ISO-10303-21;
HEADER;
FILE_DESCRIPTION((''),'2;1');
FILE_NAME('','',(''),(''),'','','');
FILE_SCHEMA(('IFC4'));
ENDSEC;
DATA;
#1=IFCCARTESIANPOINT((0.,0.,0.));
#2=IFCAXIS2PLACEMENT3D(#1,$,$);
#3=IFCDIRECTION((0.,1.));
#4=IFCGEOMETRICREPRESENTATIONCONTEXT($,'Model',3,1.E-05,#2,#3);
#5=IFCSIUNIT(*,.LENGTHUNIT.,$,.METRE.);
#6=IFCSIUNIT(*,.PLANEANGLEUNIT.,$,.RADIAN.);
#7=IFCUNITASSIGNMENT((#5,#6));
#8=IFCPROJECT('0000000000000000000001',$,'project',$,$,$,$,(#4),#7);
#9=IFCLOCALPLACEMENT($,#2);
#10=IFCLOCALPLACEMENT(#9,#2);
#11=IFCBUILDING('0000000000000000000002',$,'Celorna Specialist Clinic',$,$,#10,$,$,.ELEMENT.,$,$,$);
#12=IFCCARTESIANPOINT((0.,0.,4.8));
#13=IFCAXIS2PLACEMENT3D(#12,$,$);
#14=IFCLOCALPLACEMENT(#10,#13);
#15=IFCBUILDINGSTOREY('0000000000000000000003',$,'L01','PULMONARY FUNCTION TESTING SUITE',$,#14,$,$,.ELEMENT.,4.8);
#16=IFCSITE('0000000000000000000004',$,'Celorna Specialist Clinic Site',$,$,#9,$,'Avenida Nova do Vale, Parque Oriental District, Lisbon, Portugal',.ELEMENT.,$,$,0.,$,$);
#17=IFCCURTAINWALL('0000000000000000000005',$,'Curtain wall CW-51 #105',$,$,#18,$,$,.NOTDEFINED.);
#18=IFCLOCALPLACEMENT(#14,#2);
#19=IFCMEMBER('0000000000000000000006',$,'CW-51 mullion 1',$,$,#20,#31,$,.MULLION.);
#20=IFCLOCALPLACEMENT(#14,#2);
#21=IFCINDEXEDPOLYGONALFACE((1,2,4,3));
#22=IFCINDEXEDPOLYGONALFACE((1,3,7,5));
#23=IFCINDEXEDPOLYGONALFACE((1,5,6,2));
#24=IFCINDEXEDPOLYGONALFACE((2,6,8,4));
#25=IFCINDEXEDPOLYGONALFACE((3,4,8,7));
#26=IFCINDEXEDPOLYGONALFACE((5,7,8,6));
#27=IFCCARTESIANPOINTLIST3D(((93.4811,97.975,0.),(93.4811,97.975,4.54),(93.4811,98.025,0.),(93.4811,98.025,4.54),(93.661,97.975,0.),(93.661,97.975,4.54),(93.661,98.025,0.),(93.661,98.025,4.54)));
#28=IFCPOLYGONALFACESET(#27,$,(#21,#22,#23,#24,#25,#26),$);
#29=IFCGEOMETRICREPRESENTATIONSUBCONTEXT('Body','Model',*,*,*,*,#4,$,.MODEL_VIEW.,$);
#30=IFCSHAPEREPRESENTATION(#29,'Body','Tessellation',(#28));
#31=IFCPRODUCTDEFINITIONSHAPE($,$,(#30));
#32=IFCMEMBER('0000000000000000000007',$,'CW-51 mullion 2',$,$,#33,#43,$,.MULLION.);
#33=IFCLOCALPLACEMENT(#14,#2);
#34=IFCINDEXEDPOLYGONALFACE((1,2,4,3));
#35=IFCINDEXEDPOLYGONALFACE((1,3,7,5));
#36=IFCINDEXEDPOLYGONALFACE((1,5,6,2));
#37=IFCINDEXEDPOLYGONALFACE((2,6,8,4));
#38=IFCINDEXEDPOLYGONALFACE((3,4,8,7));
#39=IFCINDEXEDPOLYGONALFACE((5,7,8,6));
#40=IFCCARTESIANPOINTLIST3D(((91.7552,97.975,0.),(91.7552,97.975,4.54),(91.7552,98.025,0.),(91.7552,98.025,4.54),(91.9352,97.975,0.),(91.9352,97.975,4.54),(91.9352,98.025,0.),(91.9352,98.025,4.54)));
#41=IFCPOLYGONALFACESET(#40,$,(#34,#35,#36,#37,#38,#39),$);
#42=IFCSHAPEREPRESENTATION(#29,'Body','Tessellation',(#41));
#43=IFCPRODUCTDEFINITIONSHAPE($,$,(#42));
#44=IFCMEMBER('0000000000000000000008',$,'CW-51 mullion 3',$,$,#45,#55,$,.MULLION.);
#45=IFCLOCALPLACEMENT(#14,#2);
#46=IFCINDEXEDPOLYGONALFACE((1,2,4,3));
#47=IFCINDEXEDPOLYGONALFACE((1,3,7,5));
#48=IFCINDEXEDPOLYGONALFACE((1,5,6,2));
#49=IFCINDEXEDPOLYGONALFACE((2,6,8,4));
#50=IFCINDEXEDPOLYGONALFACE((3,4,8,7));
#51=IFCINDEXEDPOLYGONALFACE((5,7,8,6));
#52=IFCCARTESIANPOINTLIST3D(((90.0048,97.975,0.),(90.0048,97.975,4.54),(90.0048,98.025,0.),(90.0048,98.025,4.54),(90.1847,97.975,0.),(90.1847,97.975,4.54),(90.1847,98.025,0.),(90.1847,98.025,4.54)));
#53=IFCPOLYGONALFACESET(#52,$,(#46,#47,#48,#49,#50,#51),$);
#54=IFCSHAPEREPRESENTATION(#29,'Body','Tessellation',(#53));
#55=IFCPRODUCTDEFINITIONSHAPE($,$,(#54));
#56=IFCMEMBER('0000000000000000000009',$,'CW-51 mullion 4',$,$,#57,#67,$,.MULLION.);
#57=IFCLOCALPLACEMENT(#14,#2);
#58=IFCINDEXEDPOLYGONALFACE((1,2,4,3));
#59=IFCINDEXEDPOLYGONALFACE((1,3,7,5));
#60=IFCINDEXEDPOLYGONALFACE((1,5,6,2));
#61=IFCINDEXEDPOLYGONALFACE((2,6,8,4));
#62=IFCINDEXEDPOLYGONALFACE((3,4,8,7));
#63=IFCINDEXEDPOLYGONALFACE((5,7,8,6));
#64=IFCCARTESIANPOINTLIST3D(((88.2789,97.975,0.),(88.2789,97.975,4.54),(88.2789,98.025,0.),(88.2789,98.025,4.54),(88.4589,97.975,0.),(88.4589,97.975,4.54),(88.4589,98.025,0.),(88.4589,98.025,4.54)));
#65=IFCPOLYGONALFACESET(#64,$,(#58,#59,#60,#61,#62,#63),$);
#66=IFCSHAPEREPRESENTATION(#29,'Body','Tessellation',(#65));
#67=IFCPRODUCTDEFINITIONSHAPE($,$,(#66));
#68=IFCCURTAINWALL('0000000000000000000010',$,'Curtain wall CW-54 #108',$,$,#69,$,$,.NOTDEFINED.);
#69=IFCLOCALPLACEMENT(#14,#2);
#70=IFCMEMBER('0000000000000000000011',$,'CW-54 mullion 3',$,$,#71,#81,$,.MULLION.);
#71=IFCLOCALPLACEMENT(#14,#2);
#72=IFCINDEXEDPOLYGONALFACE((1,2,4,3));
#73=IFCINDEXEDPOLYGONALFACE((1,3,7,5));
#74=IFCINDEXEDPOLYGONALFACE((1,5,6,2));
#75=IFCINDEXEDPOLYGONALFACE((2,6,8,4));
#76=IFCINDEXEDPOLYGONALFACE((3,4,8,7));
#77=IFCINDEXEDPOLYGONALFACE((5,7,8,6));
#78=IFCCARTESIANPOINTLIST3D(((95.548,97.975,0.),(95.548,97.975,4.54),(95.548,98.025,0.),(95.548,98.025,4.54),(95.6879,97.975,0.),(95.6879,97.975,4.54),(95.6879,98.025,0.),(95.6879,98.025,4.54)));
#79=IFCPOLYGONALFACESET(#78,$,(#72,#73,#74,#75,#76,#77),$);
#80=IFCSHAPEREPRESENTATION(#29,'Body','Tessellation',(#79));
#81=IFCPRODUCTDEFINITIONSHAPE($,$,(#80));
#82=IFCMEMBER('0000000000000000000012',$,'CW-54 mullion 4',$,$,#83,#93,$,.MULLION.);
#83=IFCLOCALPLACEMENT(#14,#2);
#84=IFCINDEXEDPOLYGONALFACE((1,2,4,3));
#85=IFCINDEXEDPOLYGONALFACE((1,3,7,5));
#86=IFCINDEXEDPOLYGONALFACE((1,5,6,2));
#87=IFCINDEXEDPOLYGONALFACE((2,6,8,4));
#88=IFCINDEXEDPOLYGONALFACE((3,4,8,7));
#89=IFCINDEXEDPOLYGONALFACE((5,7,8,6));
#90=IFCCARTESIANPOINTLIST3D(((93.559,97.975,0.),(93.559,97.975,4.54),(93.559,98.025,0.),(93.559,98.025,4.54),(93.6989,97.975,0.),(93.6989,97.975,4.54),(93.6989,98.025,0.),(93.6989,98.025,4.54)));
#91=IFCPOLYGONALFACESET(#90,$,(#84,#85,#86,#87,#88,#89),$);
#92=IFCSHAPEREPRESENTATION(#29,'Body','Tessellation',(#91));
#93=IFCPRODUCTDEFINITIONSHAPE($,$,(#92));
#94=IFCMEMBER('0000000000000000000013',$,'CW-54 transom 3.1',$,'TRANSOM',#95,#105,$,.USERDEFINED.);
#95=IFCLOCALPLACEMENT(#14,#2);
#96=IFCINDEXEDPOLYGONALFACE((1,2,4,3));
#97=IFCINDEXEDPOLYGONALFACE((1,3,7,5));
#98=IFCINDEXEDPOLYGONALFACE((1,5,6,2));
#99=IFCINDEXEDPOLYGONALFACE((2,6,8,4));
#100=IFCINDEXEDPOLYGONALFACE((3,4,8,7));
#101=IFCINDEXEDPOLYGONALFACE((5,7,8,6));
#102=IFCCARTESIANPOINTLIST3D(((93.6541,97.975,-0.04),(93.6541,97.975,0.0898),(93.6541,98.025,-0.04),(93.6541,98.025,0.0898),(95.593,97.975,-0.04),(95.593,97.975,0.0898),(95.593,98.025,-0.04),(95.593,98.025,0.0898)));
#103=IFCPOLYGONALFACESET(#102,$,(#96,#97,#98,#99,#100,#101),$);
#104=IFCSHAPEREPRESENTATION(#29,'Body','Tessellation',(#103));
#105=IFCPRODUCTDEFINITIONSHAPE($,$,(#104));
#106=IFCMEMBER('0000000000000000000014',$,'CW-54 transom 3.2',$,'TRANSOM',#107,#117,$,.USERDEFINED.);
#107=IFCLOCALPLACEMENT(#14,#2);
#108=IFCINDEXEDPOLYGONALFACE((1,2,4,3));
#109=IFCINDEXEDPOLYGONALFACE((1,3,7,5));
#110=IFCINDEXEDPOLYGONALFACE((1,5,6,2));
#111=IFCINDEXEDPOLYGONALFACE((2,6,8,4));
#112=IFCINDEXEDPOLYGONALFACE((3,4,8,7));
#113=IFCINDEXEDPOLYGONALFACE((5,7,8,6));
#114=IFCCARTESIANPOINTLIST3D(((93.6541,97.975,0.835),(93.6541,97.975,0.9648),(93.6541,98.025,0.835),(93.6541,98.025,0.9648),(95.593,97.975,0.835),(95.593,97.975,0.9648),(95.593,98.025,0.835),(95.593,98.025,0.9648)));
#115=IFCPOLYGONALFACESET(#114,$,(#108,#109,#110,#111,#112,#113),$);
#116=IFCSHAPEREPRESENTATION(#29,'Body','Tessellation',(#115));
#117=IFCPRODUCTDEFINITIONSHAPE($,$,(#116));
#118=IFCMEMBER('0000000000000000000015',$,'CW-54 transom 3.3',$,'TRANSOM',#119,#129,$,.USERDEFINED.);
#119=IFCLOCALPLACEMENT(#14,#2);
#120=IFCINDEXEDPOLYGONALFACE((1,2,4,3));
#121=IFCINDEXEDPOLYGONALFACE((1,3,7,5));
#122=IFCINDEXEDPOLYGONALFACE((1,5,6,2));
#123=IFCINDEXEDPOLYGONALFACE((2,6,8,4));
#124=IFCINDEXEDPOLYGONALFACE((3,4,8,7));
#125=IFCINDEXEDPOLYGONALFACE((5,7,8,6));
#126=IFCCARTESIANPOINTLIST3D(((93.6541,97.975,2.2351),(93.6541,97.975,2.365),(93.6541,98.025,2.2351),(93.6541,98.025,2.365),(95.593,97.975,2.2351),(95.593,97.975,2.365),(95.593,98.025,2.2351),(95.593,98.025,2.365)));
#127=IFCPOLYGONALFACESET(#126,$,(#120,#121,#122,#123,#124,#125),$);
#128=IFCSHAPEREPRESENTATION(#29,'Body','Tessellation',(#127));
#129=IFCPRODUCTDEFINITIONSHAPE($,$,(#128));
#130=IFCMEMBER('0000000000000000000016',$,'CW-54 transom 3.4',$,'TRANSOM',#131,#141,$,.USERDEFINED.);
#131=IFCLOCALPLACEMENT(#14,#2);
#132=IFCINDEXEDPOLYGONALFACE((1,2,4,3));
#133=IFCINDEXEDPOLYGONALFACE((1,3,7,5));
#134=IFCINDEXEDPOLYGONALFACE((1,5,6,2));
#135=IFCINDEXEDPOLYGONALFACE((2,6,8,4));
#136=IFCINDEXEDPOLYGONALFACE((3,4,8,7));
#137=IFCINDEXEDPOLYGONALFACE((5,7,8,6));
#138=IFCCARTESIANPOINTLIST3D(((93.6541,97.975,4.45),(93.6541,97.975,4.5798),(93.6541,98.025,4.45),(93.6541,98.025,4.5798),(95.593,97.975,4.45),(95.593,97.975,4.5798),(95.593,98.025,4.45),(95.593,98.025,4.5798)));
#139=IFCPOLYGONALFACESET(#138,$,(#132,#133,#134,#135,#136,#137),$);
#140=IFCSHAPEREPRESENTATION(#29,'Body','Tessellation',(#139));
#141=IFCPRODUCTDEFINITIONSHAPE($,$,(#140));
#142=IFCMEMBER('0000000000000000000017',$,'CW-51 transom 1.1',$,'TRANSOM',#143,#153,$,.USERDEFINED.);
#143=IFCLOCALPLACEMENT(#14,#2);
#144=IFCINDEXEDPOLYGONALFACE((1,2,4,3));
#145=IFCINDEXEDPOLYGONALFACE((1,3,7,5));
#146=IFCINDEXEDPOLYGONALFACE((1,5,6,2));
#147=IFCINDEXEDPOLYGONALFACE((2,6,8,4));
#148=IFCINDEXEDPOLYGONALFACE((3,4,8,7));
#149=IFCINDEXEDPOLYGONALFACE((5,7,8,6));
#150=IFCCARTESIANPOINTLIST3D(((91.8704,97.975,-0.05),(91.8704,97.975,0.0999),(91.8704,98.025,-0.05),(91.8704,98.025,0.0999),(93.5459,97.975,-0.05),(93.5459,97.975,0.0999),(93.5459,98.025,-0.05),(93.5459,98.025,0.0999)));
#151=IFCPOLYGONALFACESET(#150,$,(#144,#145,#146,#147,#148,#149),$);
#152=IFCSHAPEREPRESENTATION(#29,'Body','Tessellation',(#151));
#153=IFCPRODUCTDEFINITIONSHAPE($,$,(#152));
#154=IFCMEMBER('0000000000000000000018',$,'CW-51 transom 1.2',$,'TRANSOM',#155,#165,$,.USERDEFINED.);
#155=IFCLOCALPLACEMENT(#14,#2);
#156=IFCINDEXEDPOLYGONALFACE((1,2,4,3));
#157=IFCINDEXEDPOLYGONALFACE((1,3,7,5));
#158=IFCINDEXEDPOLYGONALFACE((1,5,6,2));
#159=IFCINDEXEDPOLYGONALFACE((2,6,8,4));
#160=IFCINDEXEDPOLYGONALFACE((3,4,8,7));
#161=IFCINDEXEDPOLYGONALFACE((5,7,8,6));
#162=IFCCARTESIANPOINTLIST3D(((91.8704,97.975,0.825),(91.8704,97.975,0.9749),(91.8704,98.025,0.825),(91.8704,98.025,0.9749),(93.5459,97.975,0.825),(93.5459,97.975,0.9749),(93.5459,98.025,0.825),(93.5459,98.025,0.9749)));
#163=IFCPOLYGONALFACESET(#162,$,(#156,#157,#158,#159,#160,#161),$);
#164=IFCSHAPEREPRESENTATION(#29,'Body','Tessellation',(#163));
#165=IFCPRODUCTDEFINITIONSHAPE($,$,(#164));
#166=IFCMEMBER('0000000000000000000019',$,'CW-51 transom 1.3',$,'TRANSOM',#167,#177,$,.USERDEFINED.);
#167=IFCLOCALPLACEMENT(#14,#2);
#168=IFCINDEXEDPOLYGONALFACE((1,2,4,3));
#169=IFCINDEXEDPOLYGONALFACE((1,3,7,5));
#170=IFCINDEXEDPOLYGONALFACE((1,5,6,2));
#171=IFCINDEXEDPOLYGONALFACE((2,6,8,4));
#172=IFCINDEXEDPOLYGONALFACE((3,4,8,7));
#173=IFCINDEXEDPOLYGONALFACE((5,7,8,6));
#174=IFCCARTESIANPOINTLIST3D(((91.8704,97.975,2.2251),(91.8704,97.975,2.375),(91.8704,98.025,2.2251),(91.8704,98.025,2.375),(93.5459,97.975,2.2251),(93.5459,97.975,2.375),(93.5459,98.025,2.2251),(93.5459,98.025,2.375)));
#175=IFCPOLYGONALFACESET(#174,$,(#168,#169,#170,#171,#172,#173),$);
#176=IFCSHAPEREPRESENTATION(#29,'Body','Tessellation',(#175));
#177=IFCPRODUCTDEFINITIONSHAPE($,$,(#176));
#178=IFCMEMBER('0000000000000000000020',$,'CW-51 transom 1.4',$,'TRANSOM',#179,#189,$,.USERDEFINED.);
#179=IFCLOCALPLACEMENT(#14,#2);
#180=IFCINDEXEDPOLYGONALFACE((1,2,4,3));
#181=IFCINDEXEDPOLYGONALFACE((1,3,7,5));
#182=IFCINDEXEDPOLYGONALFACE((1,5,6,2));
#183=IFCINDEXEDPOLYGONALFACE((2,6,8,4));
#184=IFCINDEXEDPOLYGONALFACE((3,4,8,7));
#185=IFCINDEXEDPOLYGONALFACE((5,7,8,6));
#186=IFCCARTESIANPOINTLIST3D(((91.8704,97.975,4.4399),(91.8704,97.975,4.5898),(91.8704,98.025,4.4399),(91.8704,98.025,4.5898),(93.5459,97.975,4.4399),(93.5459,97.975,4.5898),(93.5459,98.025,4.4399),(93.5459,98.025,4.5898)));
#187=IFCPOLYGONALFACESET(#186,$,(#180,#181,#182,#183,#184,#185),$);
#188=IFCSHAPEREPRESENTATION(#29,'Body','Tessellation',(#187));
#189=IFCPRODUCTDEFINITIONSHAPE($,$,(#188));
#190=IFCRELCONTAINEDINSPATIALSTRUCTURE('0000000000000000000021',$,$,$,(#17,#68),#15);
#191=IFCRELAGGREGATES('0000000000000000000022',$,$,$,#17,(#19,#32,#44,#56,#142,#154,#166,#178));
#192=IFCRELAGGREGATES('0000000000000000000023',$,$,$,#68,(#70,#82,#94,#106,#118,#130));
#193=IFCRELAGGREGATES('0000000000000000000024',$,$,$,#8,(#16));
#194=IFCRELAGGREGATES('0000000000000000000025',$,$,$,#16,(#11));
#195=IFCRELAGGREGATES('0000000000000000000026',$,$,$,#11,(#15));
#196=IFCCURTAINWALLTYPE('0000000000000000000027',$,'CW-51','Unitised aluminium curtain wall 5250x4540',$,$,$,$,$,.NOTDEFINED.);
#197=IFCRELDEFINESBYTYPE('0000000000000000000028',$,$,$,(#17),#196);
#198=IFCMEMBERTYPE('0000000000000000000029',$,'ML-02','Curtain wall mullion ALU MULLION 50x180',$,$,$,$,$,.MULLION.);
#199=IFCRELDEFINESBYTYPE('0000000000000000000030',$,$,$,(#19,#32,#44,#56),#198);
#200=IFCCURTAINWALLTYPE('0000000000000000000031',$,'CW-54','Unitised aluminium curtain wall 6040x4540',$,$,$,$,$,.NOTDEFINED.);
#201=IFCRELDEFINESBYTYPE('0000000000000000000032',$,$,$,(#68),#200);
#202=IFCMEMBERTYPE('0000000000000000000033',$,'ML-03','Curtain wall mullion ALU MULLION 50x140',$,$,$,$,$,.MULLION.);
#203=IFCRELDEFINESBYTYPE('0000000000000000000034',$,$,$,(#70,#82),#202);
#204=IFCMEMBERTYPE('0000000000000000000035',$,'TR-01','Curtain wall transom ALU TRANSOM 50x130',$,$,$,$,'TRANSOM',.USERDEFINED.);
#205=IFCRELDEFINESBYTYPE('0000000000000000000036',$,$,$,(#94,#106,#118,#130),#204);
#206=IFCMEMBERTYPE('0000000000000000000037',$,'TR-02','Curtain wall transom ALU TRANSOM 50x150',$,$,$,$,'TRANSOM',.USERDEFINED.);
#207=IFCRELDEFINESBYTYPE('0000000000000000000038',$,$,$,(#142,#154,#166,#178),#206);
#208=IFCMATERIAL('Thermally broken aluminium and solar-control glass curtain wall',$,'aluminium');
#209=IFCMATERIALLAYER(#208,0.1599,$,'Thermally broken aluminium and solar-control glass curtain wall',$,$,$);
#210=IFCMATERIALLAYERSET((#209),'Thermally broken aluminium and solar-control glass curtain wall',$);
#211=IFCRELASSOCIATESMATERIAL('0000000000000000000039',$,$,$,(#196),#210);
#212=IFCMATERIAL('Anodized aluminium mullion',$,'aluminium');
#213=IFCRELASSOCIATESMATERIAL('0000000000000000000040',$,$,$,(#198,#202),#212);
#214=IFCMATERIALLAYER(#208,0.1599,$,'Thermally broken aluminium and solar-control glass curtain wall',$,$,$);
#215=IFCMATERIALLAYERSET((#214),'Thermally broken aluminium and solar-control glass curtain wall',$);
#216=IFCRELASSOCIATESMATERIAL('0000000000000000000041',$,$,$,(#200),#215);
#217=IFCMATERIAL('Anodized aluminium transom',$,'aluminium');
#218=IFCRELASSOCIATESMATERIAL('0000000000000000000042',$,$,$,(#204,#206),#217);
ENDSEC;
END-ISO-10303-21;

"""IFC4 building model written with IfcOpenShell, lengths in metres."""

from ifc_helpers import new_model, si_unit, direction, frame, origin, origin_2d, place, context, subcontext, project, spatial, rectangle, extrude, material, layer, layer_set, material_profile, profile_set, type_object, element, aggregate, save


model = new_model("IFC4")

# Units and contexts
model_context = context("Model", 3, precision=1e-05, world=origin(), true_north=direction((0.0, 1.0)))
body_context = subcontext(model_context, "Body", "Model", "MODEL_VIEW")
ifc_project = project(units=[si_unit("LENGTHUNIT", "METRE"), si_unit("PLANEANGLEUNIT", "RADIAN")], contexts=[model_context])

# Site, building, storey
site_placement = place(None, origin())
site = spatial("IfcSite", under=ifc_project, at=site_placement, Name="Celorna Specialist Clinic Site", LongName="Avenida Nova do Vale, Parque Oriental District, Lisbon, Portugal", CompositionType="ELEMENT", RefElevation=0.0)
building_placement = place(site_placement, origin())
building = spatial("IfcBuilding", under=site, at=building_placement, Name="Celorna Specialist Clinic", CompositionType="ELEMENT")
storey_placement = place(building_placement, frame((0.0, 0.0, 4.8)))
storey = spatial("IfcBuildingStorey", under=building, at=storey_placement, Name="L01", Description="PULMONARY FUNCTION TESTING SUITE", CompositionType="ELEMENT", Elevation=4.8)

# Curtain walls, members
ifc_material_1 = material(Name="Thermally broken aluminium and solar-control glass curtain wall", Category="aluminium")
ifc_layer_1 = layer(ifc_material_1, 0.1599, Name="Thermally broken aluminium and solar-control glass curtain wall")
ifc_layer_set_1 = layer_set([ifc_layer_1], Name="Thermally broken aluminium and solar-control glass curtain wall")
curtain_wall_type_1 = type_object("IfcCurtainWallType", Name="CW-51", Description="Unitised aluminium curtain wall 5250x4540", PredefinedType="NOTDEFINED", material=ifc_layer_set_1)
curtain_wall_1_placement = place(storey_placement, origin())
curtain_wall_1 = element("IfcCurtainWall", 1, at=curtain_wall_1_placement, inside=storey, type_object=curtain_wall_type_1, Name="Curtain wall CW-51 #105", PredefinedType="NOTDEFINED")
ifc_material_2 = material(Name="Anodized aluminium mullion", Category="aluminium")
ifc_material_profile_1 = material_profile(ifc_material_2, rectangle(XDim=0.05, YDim=0.1799, at=origin_2d()), Name="ALU MULLION 50x180")
ifc_profile_set_1 = profile_set([ifc_material_profile_1], Name="Anodized aluminium mullion")
member_type_1 = type_object("IfcMemberType", Name="ML-02", Description="Curtain wall mullion ALU MULLION 50x180", PredefinedType="MULLION", material=ifc_profile_set_1)
member_1_placement = place(storey_placement, frame((93.571, 98.0, 0.0), z_axis=(0.0, 0.0, 1.0), x_axis=(0.0, -1.0, 0.0)))
member_1 = element("IfcMember", 2, at=member_1_placement, type_object=member_type_1, Name="CW-51 mullion 1", PredefinedType="MULLION", context=body_context, shape_type="SweptSolid", body=[
    extrude(rectangle(XDim=0.05, YDim=0.1799, at=origin_2d()), origin(), (0.0, 0.0, 1.0), 4.54),
])
member_2_placement = place(storey_placement, frame((91.8452, 98.0, 0.0), z_axis=(0.0, 0.0, 1.0), x_axis=(0.0, -1.0, 0.0)))
member_2 = element("IfcMember", 3, at=member_2_placement, type_object=member_type_1, Name="CW-51 mullion 2", PredefinedType="MULLION", context=body_context, shape_type="SweptSolid", body=[
    extrude(rectangle(XDim=0.05, YDim=0.1799, at=origin_2d()), origin(), (0.0, 0.0, 1.0), 4.54),
])
member_3_placement = place(storey_placement, frame((90.0947, 98.0, 0.0), z_axis=(0.0, 0.0, 1.0), x_axis=(0.0, -1.0, 0.0)))
member_3 = element("IfcMember", 4, at=member_3_placement, type_object=member_type_1, Name="CW-51 mullion 3", PredefinedType="MULLION", context=body_context, shape_type="SweptSolid", body=[
    extrude(rectangle(XDim=0.05, YDim=0.1799, at=origin_2d()), origin(), (0.0, 0.0, 1.0), 4.54),
])
member_4_placement = place(storey_placement, frame((88.3689, 98.0, 0.0), z_axis=(0.0, 0.0, 1.0), x_axis=(0.0, -1.0, 0.0)))
member_4 = element("IfcMember", 5, at=member_4_placement, type_object=member_type_1, Name="CW-51 mullion 4", PredefinedType="MULLION", context=body_context, shape_type="SweptSolid", body=[
    extrude(rectangle(XDim=0.05, YDim=0.1799, at=origin_2d()), origin(), (0.0, 0.0, 1.0), 4.54),
])
ifc_layer_2 = layer(ifc_material_1, 0.1599, Name="Thermally broken aluminium and solar-control glass curtain wall")
ifc_layer_set_2 = layer_set([ifc_layer_2], Name="Thermally broken aluminium and solar-control glass curtain wall")
curtain_wall_type_2 = type_object("IfcCurtainWallType", Name="CW-54", Description="Unitised aluminium curtain wall 6040x4540", PredefinedType="NOTDEFINED", material=ifc_layer_set_2)
curtain_wall_2_placement = place(storey_placement, origin())
curtain_wall_2 = element("IfcCurtainWall", 6, at=curtain_wall_2_placement, inside=storey, type_object=curtain_wall_type_2, Name="Curtain wall CW-54 #108", PredefinedType="NOTDEFINED")
ifc_material_profile_2 = material_profile(ifc_material_2, rectangle(XDim=0.05, YDim=0.1399, at=origin_2d()), Name="ALU MULLION 50x140")
ifc_profile_set_2 = profile_set([ifc_material_profile_2], Name="Anodized aluminium mullion")
member_type_2 = type_object("IfcMemberType", Name="ML-03", Description="Curtain wall mullion ALU MULLION 50x140", PredefinedType="MULLION", material=ifc_profile_set_2)
member_5_placement = place(storey_placement, frame((95.6179, 98.0, 0.0), z_axis=(0.0, 0.0, 1.0), x_axis=(0.0, -1.0, 0.0)))
member_5 = element("IfcMember", 7, at=member_5_placement, type_object=member_type_2, Name="CW-54 mullion 3", PredefinedType="MULLION", context=body_context, shape_type="SweptSolid", body=[
    extrude(rectangle(XDim=0.05, YDim=0.1399, at=origin_2d()), origin(), (0.0, 0.0, 1.0), 4.54),
])
member_6_placement = place(storey_placement, frame((93.6289, 98.0, 0.0), z_axis=(0.0, 0.0, 1.0), x_axis=(0.0, -1.0, 0.0)))
member_6 = element("IfcMember", 8, at=member_6_placement, type_object=member_type_2, Name="CW-54 mullion 4", PredefinedType="MULLION", context=body_context, shape_type="SweptSolid", body=[
    extrude(rectangle(XDim=0.05, YDim=0.1399, at=origin_2d()), origin(), (0.0, 0.0, 1.0), 4.54),
])
ifc_material_3 = material(Name="Anodized aluminium transom", Category="aluminium")
ifc_material_profile_3 = material_profile(ifc_material_3, rectangle(XDim=0.05, YDim=0.1299, at=origin_2d()), Name="ALU TRANSOM 50x130")
ifc_profile_set_3 = profile_set([ifc_material_profile_3], Name="Anodized aluminium transom")
member_type_3 = type_object("IfcMemberType", Name="TR-01", Description="Curtain wall transom ALU TRANSOM 50x130", ElementType="TRANSOM", PredefinedType="USERDEFINED", material=ifc_profile_set_3)
member_7_placement = place(storey_placement, frame((95.593, 98.0, 0.0249), z_axis=(-1.0, 0.0, 0.0), x_axis=(0.0, -1.0, 0.0)))
member_7 = element("IfcMember", 9, at=member_7_placement, type_object=member_type_3, Name="CW-54 transom 3.1", ObjectType="TRANSOM", PredefinedType="USERDEFINED", context=body_context, shape_type="SweptSolid", body=[
    extrude(rectangle(XDim=0.05, YDim=0.1299, at=origin_2d()), origin(), (0.0, 0.0, 1.0), 1.939),
])
member_8_placement = place(storey_placement, frame((95.593, 98.0, 0.8999), z_axis=(-1.0, 0.0, 0.0), x_axis=(0.0, -1.0, 0.0)))
member_8 = element("IfcMember", 10, at=member_8_placement, type_object=member_type_3, Name="CW-54 transom 3.2", ObjectType="TRANSOM", PredefinedType="USERDEFINED", context=body_context, shape_type="SweptSolid", body=[
    extrude(rectangle(XDim=0.05, YDim=0.1299, at=origin_2d()), origin(), (0.0, 0.0, 1.0), 1.939),
])
member_9_placement = place(storey_placement, frame((95.593, 98.0, 2.3), z_axis=(-1.0, 0.0, 0.0), x_axis=(0.0, -1.0, 0.0)))
member_9 = element("IfcMember", 11, at=member_9_placement, type_object=member_type_3, Name="CW-54 transom 3.3", ObjectType="TRANSOM", PredefinedType="USERDEFINED", context=body_context, shape_type="SweptSolid", body=[
    extrude(rectangle(XDim=0.05, YDim=0.1299, at=origin_2d()), origin(), (0.0, 0.0, 1.0), 1.939),
])
member_10_placement = place(storey_placement, frame((95.593, 98.0, 4.5149), z_axis=(-1.0, 0.0, 0.0), x_axis=(0.0, -1.0, 0.0)))
member_10 = element("IfcMember", 12, at=member_10_placement, type_object=member_type_3, Name="CW-54 transom 3.4", ObjectType="TRANSOM", PredefinedType="USERDEFINED", context=body_context, shape_type="SweptSolid", body=[
    extrude(rectangle(XDim=0.05, YDim=0.1299, at=origin_2d()), origin(), (0.0, 0.0, 1.0), 1.939),
])

# Members
ifc_material_profile_4 = material_profile(ifc_material_3, rectangle(XDim=0.05, YDim=0.1499, at=origin_2d()), Name="ALU TRANSOM 50x150")
ifc_profile_set_4 = profile_set([ifc_material_profile_4], Name="Anodized aluminium transom")
member_type_4 = type_object("IfcMemberType", Name="TR-02", Description="Curtain wall transom ALU TRANSOM 50x150", ElementType="TRANSOM", PredefinedType="USERDEFINED", material=ifc_profile_set_4)
member_11_placement = place(storey_placement, frame((93.5459, 98.0, 0.0249), z_axis=(-1.0, 0.0, 0.0), x_axis=(0.0, -1.0, 0.0)))
member_11 = element("IfcMember", 13, at=member_11_placement, type_object=member_type_4, Name="CW-51 transom 1.1", ObjectType="TRANSOM", PredefinedType="USERDEFINED", context=body_context, shape_type="SweptSolid", body=[
    extrude(rectangle(XDim=0.05, YDim=0.1499, at=origin_2d()), origin(), (0.0, 0.0, 1.0), 1.6755),
])
member_12_placement = place(storey_placement, frame((93.5459, 98.0, 0.8999), z_axis=(-1.0, 0.0, 0.0), x_axis=(0.0, -1.0, 0.0)))
member_12 = element("IfcMember", 14, at=member_12_placement, type_object=member_type_4, Name="CW-51 transom 1.2", ObjectType="TRANSOM", PredefinedType="USERDEFINED", context=body_context, shape_type="SweptSolid", body=[
    extrude(rectangle(XDim=0.05, YDim=0.1499, at=origin_2d()), origin(), (0.0, 0.0, 1.0), 1.6755),
])
member_13_placement = place(storey_placement, frame((93.5459, 98.0, 2.3), z_axis=(-1.0, 0.0, 0.0), x_axis=(0.0, -1.0, 0.0)))
member_13 = element("IfcMember", 15, at=member_13_placement, type_object=member_type_4, Name="CW-51 transom 1.3", ObjectType="TRANSOM", PredefinedType="USERDEFINED", context=body_context, shape_type="SweptSolid", body=[
    extrude(rectangle(XDim=0.05, YDim=0.1499, at=origin_2d()), origin(), (0.0, 0.0, 1.0), 1.6755),
])
member_14_placement = place(storey_placement, frame((93.5459, 98.0, 4.5149), z_axis=(-1.0, 0.0, 0.0), x_axis=(0.0, -1.0, 0.0)))
member_14 = element("IfcMember", 16, at=member_14_placement, type_object=member_type_4, Name="CW-51 transom 1.4", ObjectType="TRANSOM", PredefinedType="USERDEFINED", context=body_context, shape_type="SweptSolid", body=[
    extrude(rectangle(XDim=0.05, YDim=0.1499, at=origin_2d()), origin(), (0.0, 0.0, 1.0), 1.6755),
])

aggregate(curtain_wall_1, [member_1, member_2, member_3, member_4, member_11, member_12, member_13, member_14])
aggregate(curtain_wall_2, [member_5, member_6, member_7, member_8, member_9, member_10])

save(model, "model.ifc")
